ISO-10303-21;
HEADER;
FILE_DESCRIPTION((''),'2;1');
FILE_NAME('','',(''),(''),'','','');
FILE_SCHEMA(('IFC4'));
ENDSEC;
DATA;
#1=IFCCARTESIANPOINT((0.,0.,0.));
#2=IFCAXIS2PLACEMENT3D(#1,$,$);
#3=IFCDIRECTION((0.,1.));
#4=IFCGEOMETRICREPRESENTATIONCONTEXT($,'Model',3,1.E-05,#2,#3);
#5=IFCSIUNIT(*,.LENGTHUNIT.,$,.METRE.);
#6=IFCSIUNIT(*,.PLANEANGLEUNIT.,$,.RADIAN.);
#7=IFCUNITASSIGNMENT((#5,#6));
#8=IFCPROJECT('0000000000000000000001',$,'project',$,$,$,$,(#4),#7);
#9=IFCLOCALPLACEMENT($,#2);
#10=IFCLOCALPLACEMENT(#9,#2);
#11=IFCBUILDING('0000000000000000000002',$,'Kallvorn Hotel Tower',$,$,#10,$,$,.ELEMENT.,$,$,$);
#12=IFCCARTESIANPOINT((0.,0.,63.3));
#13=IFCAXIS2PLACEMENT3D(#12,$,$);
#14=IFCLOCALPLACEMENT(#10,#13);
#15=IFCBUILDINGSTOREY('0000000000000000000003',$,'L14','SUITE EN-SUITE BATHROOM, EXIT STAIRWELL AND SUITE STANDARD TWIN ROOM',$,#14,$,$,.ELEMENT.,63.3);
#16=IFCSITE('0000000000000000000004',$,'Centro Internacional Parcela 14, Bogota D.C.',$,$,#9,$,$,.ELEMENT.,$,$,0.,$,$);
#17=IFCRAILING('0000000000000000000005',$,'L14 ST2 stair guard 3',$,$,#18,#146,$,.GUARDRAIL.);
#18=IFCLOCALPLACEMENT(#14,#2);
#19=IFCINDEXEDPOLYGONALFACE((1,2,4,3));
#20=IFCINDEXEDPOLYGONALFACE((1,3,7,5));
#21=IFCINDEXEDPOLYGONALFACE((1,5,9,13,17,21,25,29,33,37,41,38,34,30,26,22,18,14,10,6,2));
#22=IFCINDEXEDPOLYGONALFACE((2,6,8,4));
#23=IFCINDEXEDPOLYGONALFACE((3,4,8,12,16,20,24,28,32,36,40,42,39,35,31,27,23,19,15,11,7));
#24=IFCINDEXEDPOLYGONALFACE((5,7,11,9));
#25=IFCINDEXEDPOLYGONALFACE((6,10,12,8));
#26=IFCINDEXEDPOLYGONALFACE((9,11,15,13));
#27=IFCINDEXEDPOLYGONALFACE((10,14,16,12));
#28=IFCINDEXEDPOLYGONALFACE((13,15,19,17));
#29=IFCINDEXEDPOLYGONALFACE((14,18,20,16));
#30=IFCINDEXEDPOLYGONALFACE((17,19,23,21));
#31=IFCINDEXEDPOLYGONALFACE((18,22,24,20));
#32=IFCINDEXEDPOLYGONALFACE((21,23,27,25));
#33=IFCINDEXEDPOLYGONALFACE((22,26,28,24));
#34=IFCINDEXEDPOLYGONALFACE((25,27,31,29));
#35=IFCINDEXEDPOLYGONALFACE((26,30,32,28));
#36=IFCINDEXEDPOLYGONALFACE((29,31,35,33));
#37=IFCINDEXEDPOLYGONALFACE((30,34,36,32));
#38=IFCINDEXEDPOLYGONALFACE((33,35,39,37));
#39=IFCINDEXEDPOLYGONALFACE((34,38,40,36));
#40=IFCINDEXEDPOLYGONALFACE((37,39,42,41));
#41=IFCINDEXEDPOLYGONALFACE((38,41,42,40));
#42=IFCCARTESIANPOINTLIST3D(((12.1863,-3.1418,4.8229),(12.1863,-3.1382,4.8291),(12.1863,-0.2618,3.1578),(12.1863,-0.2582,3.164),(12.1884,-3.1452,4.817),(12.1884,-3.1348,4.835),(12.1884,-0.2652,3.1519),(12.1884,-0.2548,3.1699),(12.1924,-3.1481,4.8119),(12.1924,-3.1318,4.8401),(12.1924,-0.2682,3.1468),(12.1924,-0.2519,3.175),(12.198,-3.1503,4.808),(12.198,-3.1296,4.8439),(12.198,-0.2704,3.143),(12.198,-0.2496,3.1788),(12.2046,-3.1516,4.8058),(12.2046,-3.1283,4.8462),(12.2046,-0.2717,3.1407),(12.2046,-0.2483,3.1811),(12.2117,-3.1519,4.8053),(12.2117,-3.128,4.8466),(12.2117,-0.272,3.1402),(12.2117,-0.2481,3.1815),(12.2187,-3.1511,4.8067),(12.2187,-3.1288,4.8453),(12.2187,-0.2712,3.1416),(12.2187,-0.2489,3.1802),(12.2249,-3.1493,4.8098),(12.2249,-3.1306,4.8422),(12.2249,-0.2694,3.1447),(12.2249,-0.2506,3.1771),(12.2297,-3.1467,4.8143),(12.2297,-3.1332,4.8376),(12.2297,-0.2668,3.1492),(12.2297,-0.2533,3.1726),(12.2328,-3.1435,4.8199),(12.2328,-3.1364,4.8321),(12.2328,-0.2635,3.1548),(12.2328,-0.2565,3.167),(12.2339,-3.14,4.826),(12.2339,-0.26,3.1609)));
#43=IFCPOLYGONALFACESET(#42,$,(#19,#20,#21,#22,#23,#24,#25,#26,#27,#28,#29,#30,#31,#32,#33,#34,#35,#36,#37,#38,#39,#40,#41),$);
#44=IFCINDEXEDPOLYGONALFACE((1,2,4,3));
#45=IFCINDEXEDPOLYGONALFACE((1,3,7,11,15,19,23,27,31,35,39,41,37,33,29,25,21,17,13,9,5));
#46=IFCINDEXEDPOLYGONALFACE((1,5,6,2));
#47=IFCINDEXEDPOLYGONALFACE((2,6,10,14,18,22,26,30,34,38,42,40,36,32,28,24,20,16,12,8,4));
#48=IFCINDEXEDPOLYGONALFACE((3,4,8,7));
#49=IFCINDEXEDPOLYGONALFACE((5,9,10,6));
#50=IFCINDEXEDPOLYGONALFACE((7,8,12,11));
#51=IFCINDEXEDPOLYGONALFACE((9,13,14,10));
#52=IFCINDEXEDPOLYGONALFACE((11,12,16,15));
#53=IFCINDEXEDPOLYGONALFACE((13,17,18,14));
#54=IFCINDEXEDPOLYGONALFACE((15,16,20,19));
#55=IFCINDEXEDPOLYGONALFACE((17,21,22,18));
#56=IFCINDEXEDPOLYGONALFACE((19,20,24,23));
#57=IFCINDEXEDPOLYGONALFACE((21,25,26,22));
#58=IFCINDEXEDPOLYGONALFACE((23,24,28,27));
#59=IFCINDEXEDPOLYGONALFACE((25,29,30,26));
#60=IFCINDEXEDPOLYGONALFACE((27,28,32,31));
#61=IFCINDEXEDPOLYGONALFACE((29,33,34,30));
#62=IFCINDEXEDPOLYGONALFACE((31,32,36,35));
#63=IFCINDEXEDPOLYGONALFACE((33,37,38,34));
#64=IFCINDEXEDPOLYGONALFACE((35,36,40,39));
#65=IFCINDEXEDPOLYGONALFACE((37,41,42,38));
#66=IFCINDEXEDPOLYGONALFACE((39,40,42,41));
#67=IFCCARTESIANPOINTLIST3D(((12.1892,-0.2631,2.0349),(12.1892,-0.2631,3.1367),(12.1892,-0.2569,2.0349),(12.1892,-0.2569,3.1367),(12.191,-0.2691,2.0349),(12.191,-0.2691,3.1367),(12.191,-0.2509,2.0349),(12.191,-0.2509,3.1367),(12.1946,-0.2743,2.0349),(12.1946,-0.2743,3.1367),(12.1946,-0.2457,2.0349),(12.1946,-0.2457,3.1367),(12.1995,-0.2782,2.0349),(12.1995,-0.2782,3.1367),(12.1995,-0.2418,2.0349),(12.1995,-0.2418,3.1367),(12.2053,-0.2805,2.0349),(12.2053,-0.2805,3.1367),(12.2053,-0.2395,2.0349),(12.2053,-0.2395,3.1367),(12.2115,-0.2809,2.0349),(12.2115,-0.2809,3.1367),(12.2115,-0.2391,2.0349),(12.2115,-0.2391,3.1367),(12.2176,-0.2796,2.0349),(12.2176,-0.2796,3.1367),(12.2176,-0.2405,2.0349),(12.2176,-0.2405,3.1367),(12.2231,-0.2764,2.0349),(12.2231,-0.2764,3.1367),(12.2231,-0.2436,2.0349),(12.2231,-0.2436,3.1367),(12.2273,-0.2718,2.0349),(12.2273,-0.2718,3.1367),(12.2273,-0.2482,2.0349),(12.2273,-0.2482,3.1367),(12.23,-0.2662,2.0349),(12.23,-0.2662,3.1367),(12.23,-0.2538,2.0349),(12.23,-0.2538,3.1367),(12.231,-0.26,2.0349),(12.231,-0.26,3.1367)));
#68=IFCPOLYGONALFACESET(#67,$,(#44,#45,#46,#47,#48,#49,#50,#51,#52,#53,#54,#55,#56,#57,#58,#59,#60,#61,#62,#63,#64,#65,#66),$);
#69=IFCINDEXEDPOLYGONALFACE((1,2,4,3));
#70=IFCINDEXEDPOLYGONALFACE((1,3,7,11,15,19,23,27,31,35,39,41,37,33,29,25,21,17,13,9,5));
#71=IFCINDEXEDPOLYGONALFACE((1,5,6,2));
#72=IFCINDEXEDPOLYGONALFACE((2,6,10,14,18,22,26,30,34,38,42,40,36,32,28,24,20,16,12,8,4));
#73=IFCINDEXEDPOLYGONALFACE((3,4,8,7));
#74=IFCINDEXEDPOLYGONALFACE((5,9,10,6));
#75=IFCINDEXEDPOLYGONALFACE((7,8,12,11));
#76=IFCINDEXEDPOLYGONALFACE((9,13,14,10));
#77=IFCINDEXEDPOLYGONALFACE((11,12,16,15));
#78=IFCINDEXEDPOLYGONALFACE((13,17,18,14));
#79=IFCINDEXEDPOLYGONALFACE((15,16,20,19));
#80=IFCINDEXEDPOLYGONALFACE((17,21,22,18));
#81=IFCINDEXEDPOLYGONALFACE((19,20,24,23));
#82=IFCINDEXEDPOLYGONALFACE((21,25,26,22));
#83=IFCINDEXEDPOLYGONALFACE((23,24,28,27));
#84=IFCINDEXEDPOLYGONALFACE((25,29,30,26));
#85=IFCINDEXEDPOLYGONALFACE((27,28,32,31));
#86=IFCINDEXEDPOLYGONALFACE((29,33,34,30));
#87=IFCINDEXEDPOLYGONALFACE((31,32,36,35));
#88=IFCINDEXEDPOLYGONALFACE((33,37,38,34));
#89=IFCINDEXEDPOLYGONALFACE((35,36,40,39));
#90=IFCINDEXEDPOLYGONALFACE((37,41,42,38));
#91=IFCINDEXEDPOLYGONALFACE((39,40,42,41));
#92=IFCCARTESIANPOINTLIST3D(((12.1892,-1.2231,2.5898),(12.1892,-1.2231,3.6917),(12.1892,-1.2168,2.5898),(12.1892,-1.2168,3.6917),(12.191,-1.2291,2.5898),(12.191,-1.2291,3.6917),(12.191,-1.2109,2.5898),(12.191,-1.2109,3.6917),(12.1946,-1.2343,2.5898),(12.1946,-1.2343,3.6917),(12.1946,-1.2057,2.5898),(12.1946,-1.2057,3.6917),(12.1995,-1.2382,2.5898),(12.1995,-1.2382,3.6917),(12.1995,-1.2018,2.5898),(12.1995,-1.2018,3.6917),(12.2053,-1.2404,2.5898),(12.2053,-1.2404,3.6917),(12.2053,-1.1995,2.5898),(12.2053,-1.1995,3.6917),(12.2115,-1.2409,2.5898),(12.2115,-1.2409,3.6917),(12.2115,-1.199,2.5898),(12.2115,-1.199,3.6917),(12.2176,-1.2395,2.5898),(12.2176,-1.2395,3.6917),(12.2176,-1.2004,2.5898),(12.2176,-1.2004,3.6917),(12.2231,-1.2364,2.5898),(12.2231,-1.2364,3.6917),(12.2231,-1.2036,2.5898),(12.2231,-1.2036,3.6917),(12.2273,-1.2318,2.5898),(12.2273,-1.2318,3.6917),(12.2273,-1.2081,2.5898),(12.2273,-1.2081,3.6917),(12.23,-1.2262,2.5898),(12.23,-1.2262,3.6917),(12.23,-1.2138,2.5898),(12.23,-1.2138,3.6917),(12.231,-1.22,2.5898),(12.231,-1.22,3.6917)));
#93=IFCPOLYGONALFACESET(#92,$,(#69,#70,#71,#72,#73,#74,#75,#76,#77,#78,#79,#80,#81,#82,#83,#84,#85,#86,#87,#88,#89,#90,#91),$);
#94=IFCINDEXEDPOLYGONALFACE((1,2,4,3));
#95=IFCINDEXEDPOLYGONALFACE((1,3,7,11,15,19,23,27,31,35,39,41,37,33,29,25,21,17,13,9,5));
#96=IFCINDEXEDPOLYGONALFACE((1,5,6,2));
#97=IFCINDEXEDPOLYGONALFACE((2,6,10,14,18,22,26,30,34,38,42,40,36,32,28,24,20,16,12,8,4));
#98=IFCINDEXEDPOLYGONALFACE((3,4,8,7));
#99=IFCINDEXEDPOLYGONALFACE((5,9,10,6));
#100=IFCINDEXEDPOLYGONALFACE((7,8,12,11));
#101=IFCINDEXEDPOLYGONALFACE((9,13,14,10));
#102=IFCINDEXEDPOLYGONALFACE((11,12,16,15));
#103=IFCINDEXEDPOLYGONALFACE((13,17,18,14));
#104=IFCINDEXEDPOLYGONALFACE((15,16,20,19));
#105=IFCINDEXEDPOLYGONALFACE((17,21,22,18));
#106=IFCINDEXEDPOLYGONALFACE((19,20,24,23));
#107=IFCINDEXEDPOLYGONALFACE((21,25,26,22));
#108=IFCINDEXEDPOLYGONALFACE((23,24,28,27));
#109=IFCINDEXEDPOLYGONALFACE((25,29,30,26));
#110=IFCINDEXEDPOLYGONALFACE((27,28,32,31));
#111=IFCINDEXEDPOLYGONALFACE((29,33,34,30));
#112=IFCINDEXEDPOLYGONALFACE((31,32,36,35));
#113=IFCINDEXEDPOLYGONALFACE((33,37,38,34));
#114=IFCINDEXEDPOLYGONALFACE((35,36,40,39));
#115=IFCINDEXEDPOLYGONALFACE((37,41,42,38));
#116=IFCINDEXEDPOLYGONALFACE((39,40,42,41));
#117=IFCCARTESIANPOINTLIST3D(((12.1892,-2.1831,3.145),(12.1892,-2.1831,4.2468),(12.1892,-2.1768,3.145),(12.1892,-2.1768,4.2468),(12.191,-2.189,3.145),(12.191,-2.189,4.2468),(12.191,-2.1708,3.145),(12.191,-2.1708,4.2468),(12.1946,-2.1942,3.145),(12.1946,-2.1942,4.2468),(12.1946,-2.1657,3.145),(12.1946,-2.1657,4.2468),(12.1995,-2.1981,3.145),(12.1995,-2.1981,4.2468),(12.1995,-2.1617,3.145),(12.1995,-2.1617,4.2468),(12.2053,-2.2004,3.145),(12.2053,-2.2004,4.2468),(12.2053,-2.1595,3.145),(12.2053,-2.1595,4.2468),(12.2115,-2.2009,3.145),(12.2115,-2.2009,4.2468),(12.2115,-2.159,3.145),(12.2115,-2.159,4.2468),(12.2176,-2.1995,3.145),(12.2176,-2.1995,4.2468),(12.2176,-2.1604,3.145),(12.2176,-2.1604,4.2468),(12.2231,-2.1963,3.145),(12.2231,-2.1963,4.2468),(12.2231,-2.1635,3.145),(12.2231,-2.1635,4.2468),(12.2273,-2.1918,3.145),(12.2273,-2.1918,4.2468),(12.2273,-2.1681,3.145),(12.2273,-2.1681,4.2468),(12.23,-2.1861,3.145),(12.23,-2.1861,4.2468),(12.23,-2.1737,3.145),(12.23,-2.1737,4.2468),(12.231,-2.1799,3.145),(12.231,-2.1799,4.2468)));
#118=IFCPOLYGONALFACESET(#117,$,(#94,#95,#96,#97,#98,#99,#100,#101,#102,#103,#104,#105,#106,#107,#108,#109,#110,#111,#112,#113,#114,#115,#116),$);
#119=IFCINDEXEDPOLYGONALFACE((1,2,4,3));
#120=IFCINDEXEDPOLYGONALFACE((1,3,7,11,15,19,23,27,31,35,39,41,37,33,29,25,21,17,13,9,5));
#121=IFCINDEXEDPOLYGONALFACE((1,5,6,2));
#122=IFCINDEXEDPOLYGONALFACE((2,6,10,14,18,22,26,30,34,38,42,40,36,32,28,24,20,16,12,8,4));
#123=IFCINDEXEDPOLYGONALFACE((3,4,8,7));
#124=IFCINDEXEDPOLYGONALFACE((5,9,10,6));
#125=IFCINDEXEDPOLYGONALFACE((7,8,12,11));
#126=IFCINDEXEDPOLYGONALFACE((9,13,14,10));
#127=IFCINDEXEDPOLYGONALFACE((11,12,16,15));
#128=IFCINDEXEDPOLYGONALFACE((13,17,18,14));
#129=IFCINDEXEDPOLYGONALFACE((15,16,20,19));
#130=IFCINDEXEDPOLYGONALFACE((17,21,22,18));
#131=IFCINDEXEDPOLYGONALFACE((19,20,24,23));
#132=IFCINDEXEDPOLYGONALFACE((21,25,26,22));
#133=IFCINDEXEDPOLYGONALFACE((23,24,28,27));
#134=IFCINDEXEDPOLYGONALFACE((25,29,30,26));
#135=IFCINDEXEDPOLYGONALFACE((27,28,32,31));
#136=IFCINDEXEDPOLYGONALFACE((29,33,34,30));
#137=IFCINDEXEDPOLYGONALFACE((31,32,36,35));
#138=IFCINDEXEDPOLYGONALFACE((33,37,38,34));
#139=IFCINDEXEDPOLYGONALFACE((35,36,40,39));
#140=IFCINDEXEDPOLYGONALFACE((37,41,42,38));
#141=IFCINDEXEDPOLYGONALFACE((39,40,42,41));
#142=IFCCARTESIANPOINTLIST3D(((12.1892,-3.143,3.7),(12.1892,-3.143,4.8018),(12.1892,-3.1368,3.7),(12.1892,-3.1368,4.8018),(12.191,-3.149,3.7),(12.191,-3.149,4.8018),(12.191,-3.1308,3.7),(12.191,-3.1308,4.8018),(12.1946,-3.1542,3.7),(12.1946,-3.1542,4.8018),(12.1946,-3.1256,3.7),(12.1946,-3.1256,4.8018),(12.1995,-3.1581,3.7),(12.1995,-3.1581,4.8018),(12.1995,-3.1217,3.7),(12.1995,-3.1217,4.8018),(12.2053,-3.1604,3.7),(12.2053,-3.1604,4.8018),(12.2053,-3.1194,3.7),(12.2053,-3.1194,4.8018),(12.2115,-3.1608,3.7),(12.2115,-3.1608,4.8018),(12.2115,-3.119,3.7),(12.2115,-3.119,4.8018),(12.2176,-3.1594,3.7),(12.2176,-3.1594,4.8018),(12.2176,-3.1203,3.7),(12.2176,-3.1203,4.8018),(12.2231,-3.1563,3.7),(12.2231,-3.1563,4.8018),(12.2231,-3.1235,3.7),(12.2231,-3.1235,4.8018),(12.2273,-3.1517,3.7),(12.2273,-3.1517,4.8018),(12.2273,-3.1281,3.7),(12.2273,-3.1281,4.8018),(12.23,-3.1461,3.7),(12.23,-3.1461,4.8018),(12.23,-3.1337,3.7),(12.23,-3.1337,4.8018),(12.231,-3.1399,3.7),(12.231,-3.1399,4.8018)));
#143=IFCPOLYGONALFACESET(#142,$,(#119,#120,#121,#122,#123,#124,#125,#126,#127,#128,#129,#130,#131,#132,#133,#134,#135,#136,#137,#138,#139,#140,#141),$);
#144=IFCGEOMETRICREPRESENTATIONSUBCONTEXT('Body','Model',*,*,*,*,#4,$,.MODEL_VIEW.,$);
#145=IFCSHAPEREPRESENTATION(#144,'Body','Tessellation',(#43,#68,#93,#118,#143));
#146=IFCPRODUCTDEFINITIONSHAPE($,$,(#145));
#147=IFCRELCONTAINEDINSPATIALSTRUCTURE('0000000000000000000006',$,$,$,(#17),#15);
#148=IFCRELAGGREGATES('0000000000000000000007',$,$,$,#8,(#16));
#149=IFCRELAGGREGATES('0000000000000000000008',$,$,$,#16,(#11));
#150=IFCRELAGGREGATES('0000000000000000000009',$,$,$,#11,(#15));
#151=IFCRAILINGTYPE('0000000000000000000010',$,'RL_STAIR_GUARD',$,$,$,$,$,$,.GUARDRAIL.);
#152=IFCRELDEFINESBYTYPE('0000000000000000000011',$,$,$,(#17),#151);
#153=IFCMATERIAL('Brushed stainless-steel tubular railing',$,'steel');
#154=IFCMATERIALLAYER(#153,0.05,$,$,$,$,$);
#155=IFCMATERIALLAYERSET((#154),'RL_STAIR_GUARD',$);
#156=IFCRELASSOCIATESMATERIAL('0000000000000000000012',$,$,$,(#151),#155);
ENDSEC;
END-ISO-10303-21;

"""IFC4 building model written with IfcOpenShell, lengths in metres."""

from ifc_helpers import new_model, si_unit, direction, frame, origin, origin_2d, place, context, subcontext, project, spatial, circle, extrude, material, layer, layer_set, type_object, element, save


model = new_model("IFC4")

# Units and contexts
model_context = context("Model", 3, precision=1e-05, world=origin(), true_north=direction((0.0, 1.0)))
body_context = subcontext(model_context, "Body", "Model", "MODEL_VIEW")
ifc_project = project(units=[si_unit("LENGTHUNIT", "METRE"), si_unit("PLANEANGLEUNIT", "RADIAN")], contexts=[model_context])

# Site, building, storey
site_placement = place(None, origin())
site = spatial("IfcSite", under=ifc_project, at=site_placement, Name="Centro Internacional Parcela 14, Bogota D.C.", CompositionType="ELEMENT", RefElevation=0.0)
building_placement = place(site_placement, origin())
building = spatial("IfcBuilding", under=site, at=building_placement, Name="Kallvorn Hotel Tower", CompositionType="ELEMENT")
storey_placement = place(building_placement, frame((0.0, 0.0, 63.3)))
storey = spatial("IfcBuildingStorey", under=building, at=storey_placement, Name="L14", Description="SUITE EN-SUITE BATHROOM, EXIT STAIRWELL AND SUITE STANDARD TWIN ROOM", CompositionType="ELEMENT", Elevation=63.3)

# Railing
ifc_material_1 = material(Name="Brushed stainless-steel tubular railing", Category="steel")
ifc_layer_1 = layer(ifc_material_1, 0.05)
ifc_layer_set_1 = layer_set([ifc_layer_1], Name="RL_STAIR_GUARD")
railing_type_1 = type_object("IfcRailingType", Name="RL_STAIR_GUARD", PredefinedType="GUARDRAIL", material=ifc_layer_set_1)
railing_1_placement = place(storey_placement, frame((12.21, -0.26, 2.0349)))
element("IfcRailing", 1, at=railing_1_placement, inside=storey, type_object=railing_type_1, Name="L14 ST2 stair guard 3", PredefinedType="GUARDRAIL", context=body_context, shape_type="SweptSolid", body=[
    extrude(circle(Radius=0.0239, at=origin_2d()), frame((0.0, 0.0, 1.126), z_axis=(0.0, -0.865721, 0.500527), x_axis=(1.0, 0.0, 0.0)), (0.0, 0.0, 1.0), 3.3267),
    extrude(circle(Radius=0.021, at=origin_2d()), origin(), (0.0, 0.0, 1.0), 1.1018),
    extrude(circle(Radius=0.021, at=origin_2d()), frame((0.0, -0.96, 0.5549)), (0.0, 0.0, 1.0), 1.1018),
    extrude(circle(Radius=0.021, at=origin_2d()), frame((0.0, -1.9199, 1.1101)), (0.0, 0.0, 1.0), 1.1018),
    extrude(circle(Radius=0.021, at=origin_2d()), frame((0.0, -2.8799, 1.665)), (0.0, 0.0, 1.0), 1.1018),
])

save(model, "model.ifc")
